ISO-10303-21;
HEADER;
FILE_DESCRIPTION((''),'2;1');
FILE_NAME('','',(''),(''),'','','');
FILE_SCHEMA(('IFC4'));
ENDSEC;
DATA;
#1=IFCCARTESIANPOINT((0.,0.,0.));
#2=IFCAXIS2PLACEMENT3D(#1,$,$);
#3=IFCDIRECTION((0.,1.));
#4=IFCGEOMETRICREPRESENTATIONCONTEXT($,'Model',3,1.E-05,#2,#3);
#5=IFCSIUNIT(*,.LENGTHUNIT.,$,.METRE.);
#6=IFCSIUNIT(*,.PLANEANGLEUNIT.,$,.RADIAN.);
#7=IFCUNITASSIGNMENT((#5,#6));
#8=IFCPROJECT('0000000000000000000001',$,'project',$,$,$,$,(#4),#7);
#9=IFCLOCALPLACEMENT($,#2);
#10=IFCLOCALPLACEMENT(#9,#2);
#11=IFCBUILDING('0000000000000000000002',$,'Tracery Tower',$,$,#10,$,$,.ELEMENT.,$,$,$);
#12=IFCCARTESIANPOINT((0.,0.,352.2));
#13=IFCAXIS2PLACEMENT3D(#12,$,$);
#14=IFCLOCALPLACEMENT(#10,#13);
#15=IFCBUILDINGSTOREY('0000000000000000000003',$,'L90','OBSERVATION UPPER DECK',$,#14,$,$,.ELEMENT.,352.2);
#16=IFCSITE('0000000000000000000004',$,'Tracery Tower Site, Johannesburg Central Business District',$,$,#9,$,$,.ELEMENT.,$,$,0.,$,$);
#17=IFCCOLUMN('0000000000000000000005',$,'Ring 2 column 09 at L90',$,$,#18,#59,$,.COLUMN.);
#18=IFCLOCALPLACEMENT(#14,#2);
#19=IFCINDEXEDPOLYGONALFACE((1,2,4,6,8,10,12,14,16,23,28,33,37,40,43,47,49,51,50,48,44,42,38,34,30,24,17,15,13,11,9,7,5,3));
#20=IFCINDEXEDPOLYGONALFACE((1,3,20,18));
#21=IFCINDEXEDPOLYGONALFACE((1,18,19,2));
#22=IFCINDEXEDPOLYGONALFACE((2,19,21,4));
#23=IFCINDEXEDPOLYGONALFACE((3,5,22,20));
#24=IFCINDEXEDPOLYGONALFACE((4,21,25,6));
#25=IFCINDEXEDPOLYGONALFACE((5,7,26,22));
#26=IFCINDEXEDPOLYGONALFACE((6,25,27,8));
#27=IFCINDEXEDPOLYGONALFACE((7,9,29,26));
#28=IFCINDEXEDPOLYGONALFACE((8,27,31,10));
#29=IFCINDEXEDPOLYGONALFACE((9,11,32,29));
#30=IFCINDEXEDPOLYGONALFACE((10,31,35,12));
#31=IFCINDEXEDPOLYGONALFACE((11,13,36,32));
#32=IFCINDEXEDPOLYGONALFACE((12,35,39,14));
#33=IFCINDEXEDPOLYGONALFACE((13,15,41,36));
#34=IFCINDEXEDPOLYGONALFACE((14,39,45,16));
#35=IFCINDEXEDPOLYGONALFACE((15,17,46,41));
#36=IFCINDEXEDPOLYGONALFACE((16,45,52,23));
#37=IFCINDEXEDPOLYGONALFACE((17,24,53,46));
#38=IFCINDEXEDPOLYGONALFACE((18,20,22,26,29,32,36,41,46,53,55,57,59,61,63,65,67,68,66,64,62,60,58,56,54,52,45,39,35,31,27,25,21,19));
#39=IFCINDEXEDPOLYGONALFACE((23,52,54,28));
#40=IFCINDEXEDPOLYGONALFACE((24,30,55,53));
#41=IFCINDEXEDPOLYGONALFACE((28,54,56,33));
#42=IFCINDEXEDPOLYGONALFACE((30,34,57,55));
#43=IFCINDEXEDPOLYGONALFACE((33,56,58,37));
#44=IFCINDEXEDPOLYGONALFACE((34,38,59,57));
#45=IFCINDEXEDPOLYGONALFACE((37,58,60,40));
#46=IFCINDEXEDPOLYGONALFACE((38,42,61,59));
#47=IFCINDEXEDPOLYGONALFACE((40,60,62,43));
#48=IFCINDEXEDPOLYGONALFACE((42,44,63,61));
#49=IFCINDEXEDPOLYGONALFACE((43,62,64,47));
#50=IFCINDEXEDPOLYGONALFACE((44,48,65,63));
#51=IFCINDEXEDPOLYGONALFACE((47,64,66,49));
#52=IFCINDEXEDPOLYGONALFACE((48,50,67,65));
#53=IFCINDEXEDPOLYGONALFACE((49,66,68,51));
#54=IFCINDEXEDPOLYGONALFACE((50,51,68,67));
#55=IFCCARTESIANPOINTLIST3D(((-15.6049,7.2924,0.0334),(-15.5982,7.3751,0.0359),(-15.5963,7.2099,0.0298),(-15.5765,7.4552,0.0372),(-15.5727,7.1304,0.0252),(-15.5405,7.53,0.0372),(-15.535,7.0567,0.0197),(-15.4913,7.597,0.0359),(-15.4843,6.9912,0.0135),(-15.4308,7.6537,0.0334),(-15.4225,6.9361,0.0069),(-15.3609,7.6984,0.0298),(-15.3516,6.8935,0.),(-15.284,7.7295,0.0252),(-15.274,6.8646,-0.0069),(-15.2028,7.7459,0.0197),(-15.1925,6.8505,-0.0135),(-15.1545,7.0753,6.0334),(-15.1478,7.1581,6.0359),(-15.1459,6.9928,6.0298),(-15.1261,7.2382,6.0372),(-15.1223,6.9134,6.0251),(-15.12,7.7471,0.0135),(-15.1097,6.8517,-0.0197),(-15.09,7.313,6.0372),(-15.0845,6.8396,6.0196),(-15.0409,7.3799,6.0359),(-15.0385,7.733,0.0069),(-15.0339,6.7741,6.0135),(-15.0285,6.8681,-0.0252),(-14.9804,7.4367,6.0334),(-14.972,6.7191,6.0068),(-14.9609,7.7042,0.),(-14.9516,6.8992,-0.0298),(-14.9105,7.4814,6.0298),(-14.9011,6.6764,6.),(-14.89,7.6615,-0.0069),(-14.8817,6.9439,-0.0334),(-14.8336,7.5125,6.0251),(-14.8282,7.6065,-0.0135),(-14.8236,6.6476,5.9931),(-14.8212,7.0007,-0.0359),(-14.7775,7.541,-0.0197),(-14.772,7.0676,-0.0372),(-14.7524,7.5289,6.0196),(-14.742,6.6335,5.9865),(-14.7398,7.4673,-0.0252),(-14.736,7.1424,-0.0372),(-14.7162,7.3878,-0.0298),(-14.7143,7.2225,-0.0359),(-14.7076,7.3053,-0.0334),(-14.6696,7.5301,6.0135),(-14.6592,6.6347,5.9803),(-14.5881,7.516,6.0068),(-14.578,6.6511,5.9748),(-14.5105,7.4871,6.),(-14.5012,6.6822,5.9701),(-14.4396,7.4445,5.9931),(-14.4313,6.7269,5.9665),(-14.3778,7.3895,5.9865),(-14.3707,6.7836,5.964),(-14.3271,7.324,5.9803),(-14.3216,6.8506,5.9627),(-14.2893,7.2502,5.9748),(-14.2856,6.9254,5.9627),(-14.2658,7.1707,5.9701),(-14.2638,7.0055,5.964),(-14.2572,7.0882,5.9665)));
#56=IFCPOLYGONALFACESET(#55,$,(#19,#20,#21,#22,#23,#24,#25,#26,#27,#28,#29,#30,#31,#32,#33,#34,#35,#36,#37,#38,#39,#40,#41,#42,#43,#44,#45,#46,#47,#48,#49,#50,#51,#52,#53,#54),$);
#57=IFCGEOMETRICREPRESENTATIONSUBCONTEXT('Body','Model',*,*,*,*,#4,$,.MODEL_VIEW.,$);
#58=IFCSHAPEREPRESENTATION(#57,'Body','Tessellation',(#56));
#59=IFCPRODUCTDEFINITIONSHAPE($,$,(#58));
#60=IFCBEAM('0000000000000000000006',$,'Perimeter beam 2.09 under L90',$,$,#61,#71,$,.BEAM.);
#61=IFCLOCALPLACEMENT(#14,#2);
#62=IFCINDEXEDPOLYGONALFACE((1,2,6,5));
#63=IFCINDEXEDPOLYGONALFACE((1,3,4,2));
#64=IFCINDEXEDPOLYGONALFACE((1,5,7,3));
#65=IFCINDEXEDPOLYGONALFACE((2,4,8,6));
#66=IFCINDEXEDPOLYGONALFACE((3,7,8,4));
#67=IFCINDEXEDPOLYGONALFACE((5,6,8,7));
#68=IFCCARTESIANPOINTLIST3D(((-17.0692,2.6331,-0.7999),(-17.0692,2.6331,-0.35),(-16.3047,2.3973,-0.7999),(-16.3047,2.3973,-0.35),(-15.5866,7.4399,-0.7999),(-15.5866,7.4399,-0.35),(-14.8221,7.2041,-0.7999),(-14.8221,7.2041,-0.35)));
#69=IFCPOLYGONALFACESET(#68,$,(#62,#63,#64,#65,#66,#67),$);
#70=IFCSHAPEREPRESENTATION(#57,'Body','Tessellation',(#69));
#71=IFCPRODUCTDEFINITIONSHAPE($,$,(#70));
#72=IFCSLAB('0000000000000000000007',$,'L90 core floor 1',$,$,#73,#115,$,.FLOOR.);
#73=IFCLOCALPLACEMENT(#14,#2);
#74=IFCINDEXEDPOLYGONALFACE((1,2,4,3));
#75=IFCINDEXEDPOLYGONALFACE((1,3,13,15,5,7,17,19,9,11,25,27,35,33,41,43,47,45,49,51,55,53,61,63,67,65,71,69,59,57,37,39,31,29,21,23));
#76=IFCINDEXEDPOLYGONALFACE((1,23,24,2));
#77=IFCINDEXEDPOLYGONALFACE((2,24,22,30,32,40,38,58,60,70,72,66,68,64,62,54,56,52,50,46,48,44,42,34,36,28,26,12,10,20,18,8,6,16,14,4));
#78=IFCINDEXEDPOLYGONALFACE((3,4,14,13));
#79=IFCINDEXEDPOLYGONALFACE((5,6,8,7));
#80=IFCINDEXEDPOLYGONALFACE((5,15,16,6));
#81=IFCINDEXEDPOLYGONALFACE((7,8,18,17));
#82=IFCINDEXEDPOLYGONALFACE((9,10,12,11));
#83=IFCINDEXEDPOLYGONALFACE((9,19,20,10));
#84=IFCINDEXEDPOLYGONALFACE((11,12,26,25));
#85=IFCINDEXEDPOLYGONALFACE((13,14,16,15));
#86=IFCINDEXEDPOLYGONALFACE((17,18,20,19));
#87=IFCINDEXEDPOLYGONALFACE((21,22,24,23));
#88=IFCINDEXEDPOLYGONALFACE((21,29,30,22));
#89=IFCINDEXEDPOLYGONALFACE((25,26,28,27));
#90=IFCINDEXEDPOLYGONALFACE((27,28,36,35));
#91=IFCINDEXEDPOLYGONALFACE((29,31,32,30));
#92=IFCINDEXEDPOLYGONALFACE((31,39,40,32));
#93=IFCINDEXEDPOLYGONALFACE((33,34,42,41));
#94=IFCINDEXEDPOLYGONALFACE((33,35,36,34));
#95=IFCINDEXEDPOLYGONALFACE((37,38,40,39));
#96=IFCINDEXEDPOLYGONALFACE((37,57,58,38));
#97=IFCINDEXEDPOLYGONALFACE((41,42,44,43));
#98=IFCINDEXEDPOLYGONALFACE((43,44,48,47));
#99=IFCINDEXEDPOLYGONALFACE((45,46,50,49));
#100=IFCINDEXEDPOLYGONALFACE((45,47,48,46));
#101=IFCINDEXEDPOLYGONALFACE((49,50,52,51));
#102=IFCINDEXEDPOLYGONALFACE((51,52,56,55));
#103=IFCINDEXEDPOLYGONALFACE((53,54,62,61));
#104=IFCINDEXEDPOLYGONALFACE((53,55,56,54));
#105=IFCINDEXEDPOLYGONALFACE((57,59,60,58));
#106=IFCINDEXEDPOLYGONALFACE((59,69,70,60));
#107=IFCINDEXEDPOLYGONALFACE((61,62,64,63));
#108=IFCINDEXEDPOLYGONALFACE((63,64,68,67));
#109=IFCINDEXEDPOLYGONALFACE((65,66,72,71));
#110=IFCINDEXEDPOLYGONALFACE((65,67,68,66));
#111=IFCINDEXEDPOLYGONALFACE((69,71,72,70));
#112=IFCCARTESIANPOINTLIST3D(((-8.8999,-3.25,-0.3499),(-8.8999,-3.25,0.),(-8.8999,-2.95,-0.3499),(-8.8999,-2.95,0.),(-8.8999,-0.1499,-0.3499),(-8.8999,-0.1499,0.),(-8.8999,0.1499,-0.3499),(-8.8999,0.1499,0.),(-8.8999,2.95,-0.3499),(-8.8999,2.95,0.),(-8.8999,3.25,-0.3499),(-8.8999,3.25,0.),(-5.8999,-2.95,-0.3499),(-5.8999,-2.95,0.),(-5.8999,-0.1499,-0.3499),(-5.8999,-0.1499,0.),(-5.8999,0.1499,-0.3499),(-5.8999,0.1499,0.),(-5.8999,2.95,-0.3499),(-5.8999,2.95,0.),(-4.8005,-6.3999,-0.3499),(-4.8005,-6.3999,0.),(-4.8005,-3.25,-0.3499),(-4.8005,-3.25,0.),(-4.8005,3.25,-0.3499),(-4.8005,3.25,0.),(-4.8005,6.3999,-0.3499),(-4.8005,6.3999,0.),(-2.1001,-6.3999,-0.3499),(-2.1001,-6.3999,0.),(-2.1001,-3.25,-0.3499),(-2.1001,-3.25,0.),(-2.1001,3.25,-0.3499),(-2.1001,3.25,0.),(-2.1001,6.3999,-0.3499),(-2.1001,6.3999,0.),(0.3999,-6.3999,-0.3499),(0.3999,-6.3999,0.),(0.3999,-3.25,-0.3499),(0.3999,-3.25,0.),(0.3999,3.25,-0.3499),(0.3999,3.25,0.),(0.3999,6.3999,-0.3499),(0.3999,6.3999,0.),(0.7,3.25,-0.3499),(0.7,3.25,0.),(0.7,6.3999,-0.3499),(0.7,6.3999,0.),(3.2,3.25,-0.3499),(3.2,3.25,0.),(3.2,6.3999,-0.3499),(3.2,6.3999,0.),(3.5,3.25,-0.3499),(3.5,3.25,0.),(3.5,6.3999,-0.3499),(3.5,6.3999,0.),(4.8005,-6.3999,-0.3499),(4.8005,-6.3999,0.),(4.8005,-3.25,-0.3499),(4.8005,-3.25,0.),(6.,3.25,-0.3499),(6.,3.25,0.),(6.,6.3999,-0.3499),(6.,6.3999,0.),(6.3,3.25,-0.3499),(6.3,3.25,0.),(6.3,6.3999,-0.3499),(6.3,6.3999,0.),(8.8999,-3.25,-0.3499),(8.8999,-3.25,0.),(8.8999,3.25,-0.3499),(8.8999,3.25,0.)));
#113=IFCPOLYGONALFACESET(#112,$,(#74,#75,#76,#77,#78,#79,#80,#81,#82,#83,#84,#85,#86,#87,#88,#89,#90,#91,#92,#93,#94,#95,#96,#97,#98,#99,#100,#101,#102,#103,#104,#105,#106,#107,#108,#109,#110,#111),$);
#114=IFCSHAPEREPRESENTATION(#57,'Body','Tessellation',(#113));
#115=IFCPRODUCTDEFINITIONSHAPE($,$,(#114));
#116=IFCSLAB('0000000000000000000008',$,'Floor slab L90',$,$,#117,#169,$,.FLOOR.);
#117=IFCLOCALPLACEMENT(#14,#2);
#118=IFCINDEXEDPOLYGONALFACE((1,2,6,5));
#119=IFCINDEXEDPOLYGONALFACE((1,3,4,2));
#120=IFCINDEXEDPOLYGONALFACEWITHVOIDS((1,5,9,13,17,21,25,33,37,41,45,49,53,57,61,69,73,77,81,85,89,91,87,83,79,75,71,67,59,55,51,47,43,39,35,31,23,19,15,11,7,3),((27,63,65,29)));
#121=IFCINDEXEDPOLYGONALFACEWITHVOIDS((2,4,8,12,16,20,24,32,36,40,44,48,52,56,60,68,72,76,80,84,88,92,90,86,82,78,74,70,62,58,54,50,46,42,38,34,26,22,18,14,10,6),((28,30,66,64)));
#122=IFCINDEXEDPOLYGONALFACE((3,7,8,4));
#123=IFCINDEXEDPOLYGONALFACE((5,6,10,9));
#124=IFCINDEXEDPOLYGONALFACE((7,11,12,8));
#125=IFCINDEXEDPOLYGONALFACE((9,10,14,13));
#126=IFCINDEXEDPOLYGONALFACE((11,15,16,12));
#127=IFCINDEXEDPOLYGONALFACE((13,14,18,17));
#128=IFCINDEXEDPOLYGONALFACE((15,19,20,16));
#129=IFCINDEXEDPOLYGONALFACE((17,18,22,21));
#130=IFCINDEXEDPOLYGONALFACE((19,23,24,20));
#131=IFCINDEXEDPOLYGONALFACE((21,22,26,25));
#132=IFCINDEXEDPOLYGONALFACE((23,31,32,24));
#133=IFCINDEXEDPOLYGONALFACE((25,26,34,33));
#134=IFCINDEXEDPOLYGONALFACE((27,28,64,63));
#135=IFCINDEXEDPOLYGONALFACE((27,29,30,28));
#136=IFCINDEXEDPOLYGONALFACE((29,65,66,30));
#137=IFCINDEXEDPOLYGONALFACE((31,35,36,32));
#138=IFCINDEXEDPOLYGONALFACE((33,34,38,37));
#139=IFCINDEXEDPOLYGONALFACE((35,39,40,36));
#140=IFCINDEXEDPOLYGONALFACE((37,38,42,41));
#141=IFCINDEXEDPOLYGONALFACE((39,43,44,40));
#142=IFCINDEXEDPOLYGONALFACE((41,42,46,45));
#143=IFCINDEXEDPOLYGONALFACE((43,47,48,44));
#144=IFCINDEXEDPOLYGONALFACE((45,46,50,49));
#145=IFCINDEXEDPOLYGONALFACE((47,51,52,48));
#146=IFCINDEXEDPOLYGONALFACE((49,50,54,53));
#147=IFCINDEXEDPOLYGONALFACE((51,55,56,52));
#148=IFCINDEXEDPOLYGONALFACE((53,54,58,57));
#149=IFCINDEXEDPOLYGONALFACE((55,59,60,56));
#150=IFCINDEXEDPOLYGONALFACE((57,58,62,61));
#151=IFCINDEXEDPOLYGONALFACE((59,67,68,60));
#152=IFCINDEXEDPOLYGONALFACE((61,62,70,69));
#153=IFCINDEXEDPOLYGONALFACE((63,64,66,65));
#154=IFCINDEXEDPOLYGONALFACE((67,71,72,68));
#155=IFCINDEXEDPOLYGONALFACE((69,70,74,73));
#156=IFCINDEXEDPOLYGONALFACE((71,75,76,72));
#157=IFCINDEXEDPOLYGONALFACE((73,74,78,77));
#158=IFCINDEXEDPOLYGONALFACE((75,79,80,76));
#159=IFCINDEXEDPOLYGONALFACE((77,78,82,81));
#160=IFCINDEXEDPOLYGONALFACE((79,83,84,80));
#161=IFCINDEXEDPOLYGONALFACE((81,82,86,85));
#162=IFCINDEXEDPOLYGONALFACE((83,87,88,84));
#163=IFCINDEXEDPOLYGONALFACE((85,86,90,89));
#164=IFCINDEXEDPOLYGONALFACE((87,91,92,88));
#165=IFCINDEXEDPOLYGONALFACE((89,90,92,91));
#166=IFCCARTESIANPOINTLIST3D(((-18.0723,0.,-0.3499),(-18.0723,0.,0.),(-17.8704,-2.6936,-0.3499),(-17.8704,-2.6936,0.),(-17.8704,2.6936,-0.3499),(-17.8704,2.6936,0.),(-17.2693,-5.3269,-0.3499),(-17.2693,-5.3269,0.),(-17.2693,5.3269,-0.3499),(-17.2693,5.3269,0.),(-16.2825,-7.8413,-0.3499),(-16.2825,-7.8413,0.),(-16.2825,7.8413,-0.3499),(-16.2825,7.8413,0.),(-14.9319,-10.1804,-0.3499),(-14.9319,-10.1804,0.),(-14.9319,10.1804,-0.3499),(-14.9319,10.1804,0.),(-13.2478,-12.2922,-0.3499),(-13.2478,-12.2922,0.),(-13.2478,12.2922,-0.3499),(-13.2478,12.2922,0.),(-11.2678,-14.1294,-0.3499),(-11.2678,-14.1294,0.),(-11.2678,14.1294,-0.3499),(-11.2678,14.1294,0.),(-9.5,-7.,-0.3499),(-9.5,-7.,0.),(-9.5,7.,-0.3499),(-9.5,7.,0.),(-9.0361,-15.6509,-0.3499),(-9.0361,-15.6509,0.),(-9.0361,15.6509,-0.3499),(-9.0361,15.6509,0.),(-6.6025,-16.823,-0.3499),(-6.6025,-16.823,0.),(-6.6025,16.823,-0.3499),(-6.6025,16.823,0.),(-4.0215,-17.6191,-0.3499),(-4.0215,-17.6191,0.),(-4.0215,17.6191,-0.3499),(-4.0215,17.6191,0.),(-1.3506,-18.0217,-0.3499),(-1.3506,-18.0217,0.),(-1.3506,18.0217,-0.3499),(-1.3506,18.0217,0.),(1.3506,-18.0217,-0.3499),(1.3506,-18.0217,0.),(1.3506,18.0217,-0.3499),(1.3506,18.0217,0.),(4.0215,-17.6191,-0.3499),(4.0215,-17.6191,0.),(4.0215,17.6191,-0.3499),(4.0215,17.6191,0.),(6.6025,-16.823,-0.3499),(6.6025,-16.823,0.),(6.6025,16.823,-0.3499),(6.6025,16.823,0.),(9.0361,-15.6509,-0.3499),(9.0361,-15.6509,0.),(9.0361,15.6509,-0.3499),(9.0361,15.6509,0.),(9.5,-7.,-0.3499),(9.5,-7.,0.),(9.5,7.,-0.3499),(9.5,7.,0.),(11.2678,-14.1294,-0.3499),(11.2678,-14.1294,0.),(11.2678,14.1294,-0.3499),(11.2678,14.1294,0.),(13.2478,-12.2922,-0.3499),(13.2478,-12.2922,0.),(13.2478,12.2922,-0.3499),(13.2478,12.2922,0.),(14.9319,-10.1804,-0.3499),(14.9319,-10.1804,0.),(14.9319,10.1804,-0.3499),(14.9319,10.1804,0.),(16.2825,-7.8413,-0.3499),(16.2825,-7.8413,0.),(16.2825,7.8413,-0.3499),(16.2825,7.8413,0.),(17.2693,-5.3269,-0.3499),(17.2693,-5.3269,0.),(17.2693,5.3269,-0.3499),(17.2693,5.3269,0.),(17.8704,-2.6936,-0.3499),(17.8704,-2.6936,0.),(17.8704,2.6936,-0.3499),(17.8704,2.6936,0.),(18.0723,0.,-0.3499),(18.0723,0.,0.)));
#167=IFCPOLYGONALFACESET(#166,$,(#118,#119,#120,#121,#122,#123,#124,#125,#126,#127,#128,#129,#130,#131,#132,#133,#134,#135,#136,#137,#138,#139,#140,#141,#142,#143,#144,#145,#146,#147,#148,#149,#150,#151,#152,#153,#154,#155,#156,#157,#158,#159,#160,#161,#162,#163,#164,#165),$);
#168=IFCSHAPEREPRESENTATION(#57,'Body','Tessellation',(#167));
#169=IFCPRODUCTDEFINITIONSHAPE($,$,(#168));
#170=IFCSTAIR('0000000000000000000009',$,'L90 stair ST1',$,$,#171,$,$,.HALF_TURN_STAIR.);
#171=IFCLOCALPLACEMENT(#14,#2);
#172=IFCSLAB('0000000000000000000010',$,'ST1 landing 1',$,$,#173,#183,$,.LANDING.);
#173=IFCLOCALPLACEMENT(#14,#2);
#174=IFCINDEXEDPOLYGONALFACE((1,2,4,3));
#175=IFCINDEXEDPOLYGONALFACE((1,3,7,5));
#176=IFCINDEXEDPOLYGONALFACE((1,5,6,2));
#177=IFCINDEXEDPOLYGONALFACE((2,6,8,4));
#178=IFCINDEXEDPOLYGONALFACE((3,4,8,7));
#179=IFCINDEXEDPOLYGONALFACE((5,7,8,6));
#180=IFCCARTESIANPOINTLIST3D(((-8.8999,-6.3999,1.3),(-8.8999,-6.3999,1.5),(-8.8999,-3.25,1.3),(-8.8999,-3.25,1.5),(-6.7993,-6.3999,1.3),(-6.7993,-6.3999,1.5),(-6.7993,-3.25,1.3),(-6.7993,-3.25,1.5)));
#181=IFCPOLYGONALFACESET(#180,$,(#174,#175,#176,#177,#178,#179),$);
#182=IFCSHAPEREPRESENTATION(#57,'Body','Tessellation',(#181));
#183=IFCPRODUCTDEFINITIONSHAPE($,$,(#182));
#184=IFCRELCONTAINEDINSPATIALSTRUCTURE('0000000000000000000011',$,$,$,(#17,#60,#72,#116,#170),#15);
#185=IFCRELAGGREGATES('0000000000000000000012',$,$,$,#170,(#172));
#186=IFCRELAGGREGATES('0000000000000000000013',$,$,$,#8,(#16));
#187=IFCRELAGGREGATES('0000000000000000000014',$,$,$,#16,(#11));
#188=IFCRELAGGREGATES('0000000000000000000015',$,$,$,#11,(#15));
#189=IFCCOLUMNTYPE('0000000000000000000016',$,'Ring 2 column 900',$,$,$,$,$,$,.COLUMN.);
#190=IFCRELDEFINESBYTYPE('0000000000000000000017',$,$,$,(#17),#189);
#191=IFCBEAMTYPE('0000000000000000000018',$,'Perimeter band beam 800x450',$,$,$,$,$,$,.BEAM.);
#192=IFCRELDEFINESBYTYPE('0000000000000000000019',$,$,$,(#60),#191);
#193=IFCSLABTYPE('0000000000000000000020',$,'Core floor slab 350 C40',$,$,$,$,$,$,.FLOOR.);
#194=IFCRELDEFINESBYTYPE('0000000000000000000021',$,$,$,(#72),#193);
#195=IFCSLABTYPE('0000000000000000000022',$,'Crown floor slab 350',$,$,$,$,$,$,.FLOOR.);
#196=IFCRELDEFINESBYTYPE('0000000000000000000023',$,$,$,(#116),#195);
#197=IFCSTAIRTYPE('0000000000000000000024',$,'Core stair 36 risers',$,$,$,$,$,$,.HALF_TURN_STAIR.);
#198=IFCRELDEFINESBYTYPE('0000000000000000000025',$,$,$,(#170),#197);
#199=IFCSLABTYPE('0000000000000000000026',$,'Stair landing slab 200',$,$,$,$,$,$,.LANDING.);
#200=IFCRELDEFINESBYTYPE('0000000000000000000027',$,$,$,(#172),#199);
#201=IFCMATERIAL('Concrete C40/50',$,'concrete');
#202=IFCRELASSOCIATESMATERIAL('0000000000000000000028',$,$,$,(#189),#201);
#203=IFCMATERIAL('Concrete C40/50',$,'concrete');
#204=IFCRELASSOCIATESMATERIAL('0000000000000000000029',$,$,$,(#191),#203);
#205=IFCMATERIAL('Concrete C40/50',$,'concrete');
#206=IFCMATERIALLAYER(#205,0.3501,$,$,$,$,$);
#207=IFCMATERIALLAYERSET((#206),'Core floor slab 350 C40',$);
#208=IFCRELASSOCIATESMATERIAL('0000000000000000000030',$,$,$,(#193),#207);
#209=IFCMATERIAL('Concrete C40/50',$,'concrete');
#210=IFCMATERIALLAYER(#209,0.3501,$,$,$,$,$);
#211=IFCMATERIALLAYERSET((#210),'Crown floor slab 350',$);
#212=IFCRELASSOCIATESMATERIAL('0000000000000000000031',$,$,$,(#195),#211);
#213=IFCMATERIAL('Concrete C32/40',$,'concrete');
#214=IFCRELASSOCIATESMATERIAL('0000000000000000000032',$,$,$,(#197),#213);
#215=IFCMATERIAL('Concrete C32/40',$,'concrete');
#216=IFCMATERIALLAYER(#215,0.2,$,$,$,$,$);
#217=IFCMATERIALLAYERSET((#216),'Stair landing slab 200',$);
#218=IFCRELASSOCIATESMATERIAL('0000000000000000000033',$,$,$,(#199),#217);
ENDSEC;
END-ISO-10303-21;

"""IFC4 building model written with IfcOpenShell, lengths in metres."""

from ifc_helpers import new_model, si_unit, direction, frame, origin, origin_2d, place, context, subcontext, project, spatial, polyline, rectangle, circle, outline, extrude, material, layer, layer_set, material_profile, profile_set, type_object, element, aggregate, save


model = new_model("IFC4")

# Units and contexts
model_context = context("Model", 3, precision=1e-05, world=origin(), true_north=direction((0.0, 1.0)))
body_context = subcontext(model_context, "Body", "Model", "MODEL_VIEW")
ifc_project = project(units=[si_unit("LENGTHUNIT", "METRE"), si_unit("PLANEANGLEUNIT", "RADIAN")], contexts=[model_context])

# Site, building, storey
site_placement = place(None, origin())
site = spatial("IfcSite", under=ifc_project, at=site_placement, Name="Tracery Tower Site, Johannesburg Central Business District", CompositionType="ELEMENT", RefElevation=0.0)
building_placement = place(site_placement, origin())
building = spatial("IfcBuilding", under=site, at=building_placement, Name="Tracery Tower", CompositionType="ELEMENT")
storey_placement = place(building_placement, frame((0.0, 0.0, 352.2)))
storey = spatial("IfcBuildingStorey", under=building, at=storey_placement, Name="L90", Description="OBSERVATION UPPER DECK", CompositionType="ELEMENT", Elevation=352.2)

# Column
ifc_material_1 = material(Name="Concrete C40/50", Category="concrete")
ifc_material_profile_1 = material_profile(ifc_material_1, circle(Radius=0.45, at=origin_2d()), Name="RC D900")
ifc_profile_set_1 = profile_set([ifc_material_profile_1], Name="Concrete C40/50")
column_type = type_object("IfcColumnType", Name="Ring 2 column 900", PredefinedType="COLUMN", material=ifc_profile_set_1)
column_placement = place(storey_placement, frame((-15.1562, 7.2988, 0.0), z_axis=(0.074814, -0.036049, 0.996546), x_axis=(0.43408, 0.900874, 0.0)))
element("IfcColumn", 1, at=column_placement, inside=storey, type_object=column_type, Name="Ring 2 column 09 at L90", PredefinedType="COLUMN", context=body_context, shape_type="SweptSolid", body=[
    extrude(circle(Radius=0.45, at=origin_2d()), origin(), (0.0, 0.0, 1.0), 6.0208),
])

# Beam
ifc_material_2 = material(Name="Concrete C40/50", Category="concrete")
ifc_material_profile_2 = material_profile(ifc_material_2, rectangle(XDim=0.8, YDim=0.45, at=origin_2d()), Name="RC 800x450")
ifc_profile_set_2 = profile_set([ifc_material_profile_2], Name="Concrete C40/50")
beam_type = type_object("IfcBeamType", Name="Perimeter band beam 800x450", PredefinedType="BEAM", material=ifc_profile_set_2)
beam_placement = place(storey_placement, frame((-15.2043, 7.322, -0.575), z_axis=(-0.294744, -0.955576, 0.0), x_axis=(0.955576, -0.294744, 0.0)))
element("IfcBeam", 2, at=beam_placement, inside=storey, type_object=beam_type, Name="Perimeter beam 2.09 under L90", PredefinedType="BEAM", context=body_context, shape_type="SweptSolid", body=[
    extrude(rectangle(XDim=0.8, YDim=0.45, at=origin_2d()), origin(), (0.0, 0.0, 1.0), 5.0303),
])

# Slabs
ifc_material_3 = material(Name="Concrete C40/50", Category="concrete")
ifc_layer_1 = layer(ifc_material_3, 0.3501)
ifc_layer_set_1 = layer_set([ifc_layer_1], Name="Core floor slab 350 C40")
slab_type_1 = type_object("IfcSlabType", Name="Core floor slab 350 C40", PredefinedType="FLOOR", material=ifc_layer_set_1)
slab_1_placement = place(storey_placement, frame((0.0, 0.0, -0.3499)))
element("IfcSlab", 3, at=slab_1_placement, inside=storey, type_object=slab_type_1, Name="L90 core floor 1", PredefinedType="FLOOR", context=body_context, shape_type="SweptSolid", body=[
    extrude(outline(polyline([(-4.8005, -3.25), (-8.8999, -3.25), (-8.8999, -2.95), (-5.8999, -2.95), (-5.8999, -0.1499), (-8.8999, -0.1499), (-8.8999, 0.1499), (-5.8999, 0.1499), (-5.8999, 2.95), (-8.8999, 2.95), (-8.8999, 3.25), (-4.8005, 3.25), (-4.8005, 6.3999), (-2.1001, 6.3999), (-2.1001, 3.25), (0.3999, 3.25), (0.3999, 6.3999), (0.7, 6.3999), (0.7, 3.25), (3.2, 3.25), (3.2, 6.3999), (3.5, 6.3999), (3.5, 3.25), (6.0, 3.25), (6.0, 6.3999), (6.3, 6.3999), (6.3, 3.25), (8.8999, 3.25), (8.8999, -3.25), (4.8005, -3.25), (4.8005, -6.3999), (0.3999, -6.3999), (0.3999, -3.25), (-2.1001, -3.25), (-2.1001, -6.3999), (-4.8005, -6.3999), (-4.8005, -3.25)])), origin(), (0.0, 0.0, 1.0), 0.3499),
])
ifc_material_4 = material(Name="Concrete C40/50", Category="concrete")
ifc_layer_2 = layer(ifc_material_4, 0.3501)
ifc_layer_set_2 = layer_set([ifc_layer_2], Name="Crown floor slab 350")
slab_type_2 = type_object("IfcSlabType", Name="Crown floor slab 350", PredefinedType="FLOOR", material=ifc_layer_set_2)
slab_2_placement = place(storey_placement, frame((0.0, 0.0, -0.3499)))
element("IfcSlab", 4, at=slab_2_placement, inside=storey, type_object=slab_type_2, Name="Floor slab L90", PredefinedType="FLOOR", context=body_context, shape_type="SweptSolid", body=[
    extrude(outline(polyline([(17.2693, -5.3269), (17.8704, -2.6936), (18.0723, 0.0), (17.8704, 2.6936), (17.2693, 5.3269), (16.2825, 7.8413), (14.9319, 10.1804), (13.2478, 12.2922), (11.2678, 14.1294), (9.0361, 15.6509), (6.6025, 16.823), (4.0215, 17.6191), (1.3506, 18.0217), (-1.3506, 18.0217), (-4.0215, 17.6191), (-6.6025, 16.823), (-9.0361, 15.6509), (-11.2678, 14.1294), (-13.2478, 12.2922), (-14.9319, 10.1804), (-16.2825, 7.8413), (-17.2693, 5.3269), (-17.8704, 2.6936), (-18.0723, 0.0), (-17.8704, -2.6936), (-17.2693, -5.3269), (-16.2825, -7.8413), (-14.9319, -10.1804), (-13.2478, -12.2922), (-11.2678, -14.1294), (-9.0361, -15.6509), (-6.6025, -16.823), (-4.0215, -17.6191), (-1.3506, -18.0217), (1.3506, -18.0217), (4.0215, -17.6191), (6.6025, -16.823), (9.0361, -15.6509), (11.2678, -14.1294), (13.2478, -12.2922), (14.9319, -10.1804), (16.2825, -7.8413), (17.2693, -5.3269)]), holes=[polyline([(-9.5, -7.0), (9.5, -7.0), (9.5, 7.0), (-9.5, 7.0), (-9.5, -7.0)])]), origin(), (0.0, 0.0, 1.0), 0.3499),
])

# Stair, slab
ifc_material_5 = material(Name="Concrete C32/40", Category="concrete")
stair_type = type_object("IfcStairType", Name="Core stair 36 risers", PredefinedType="HALF_TURN_STAIR", material=ifc_material_5)
stair_1_placement = place(storey_placement, origin())
stair_1 = element("IfcStair", 5, at=stair_1_placement, inside=storey, type_object=stair_type, Name="L90 stair ST1", PredefinedType="HALF_TURN_STAIR")
ifc_material_6 = material(Name="Concrete C32/40", Category="concrete")
ifc_layer_3 = layer(ifc_material_6, 0.2)
ifc_layer_set_3 = layer_set([ifc_layer_3], Name="Stair landing slab 200")
slab_type_3 = type_object("IfcSlabType", Name="Stair landing slab 200", PredefinedType="LANDING", material=ifc_layer_set_3)
slab_3_placement = place(storey_placement, frame((0.0, 0.0, 1.3)))
slab_3 = element("IfcSlab", 6, at=slab_3_placement, type_object=slab_type_3, Name="ST1 landing 1", PredefinedType="LANDING", context=body_context, shape_type="SweptSolid", body=[
    extrude(outline(polyline([(-6.7993, -3.25), (-8.8999, -3.25), (-8.8999, -6.3999), (-6.7993, -6.3999), (-6.7993, -3.25)])), origin(), (0.0, 0.0, 1.0), 0.2),
])
aggregate(stair_1, [slab_3])

save(model, "model.ifc")
